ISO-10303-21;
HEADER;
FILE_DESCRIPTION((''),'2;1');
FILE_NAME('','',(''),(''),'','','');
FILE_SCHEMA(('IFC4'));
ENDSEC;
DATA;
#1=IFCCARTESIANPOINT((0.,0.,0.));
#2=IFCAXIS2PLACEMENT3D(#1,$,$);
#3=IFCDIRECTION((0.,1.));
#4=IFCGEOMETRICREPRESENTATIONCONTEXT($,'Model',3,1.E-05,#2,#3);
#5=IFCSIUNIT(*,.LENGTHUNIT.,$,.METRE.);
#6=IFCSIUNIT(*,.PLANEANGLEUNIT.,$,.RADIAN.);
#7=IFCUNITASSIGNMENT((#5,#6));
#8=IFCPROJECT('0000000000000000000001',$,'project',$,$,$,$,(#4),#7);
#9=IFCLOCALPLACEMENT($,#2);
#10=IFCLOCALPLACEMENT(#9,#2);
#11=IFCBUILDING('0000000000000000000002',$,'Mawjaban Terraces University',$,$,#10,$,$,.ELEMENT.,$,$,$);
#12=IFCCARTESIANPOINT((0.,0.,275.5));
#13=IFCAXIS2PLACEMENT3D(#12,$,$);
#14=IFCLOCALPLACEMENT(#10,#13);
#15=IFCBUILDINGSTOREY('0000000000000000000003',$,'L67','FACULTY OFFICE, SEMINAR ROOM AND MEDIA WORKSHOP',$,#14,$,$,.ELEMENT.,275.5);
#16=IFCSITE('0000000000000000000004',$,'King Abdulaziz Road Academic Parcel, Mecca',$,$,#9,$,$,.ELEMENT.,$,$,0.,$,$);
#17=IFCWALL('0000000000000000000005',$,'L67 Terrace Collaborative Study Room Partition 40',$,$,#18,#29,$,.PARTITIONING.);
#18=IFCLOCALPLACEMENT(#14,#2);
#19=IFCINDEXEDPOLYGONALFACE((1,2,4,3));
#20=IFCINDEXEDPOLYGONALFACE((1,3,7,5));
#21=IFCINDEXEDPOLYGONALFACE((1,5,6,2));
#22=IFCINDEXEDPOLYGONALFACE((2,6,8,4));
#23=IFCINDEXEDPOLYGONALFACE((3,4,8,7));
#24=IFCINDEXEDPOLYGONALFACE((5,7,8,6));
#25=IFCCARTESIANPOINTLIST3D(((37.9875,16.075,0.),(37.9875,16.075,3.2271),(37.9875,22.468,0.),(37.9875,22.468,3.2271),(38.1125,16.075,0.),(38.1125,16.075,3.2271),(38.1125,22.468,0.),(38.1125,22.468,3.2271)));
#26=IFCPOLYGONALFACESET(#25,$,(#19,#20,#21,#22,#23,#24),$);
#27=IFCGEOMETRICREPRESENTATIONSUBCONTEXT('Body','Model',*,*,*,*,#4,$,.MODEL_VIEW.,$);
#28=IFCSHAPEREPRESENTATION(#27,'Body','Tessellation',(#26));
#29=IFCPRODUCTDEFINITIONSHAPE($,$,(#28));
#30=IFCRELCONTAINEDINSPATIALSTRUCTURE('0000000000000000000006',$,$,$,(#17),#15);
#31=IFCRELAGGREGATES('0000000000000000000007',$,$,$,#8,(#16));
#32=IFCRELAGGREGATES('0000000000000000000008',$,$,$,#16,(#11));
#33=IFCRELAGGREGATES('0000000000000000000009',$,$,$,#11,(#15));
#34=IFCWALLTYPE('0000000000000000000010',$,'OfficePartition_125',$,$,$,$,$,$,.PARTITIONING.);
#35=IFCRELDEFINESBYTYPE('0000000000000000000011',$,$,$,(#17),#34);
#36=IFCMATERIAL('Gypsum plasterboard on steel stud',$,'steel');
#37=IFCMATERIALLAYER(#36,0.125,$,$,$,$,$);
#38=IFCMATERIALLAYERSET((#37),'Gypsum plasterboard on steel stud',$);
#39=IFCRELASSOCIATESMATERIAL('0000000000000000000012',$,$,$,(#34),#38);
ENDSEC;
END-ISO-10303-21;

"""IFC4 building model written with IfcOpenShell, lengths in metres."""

from ifc_helpers import new_model, si_unit, direction, frame, frame_2d, origin, place, context, subcontext, project, spatial, rectangle, extrude, material, layer, layer_set, type_object, element, save


model = new_model("IFC4")

# Units and contexts
model_context = context("Model", 3, precision=1e-05, world=origin(), true_north=direction((0.0, 1.0)))
body_context = subcontext(model_context, "Body", "Model", "MODEL_VIEW")
ifc_project = project(units=[si_unit("LENGTHUNIT", "METRE"), si_unit("PLANEANGLEUNIT", "RADIAN")], contexts=[model_context])

# Site, building, storey
site_placement = place(None, origin())
site = spatial("IfcSite", under=ifc_project, at=site_placement, Name="King Abdulaziz Road Academic Parcel, Mecca", CompositionType="ELEMENT", RefElevation=0.0)
building_placement = place(site_placement, origin())
building = spatial("IfcBuilding", under=site, at=building_placement, Name="Mawjaban Terraces University", CompositionType="ELEMENT")
storey_placement = place(building_placement, frame((0.0, 0.0, 275.5)))
storey = spatial("IfcBuildingStorey", under=building, at=storey_placement, Name="L67", Description="FACULTY OFFICE, SEMINAR ROOM AND MEDIA WORKSHOP", CompositionType="ELEMENT", Elevation=275.5)

# Wall
ifc_material_1 = material(Name="Gypsum plasterboard on steel stud", Category="steel")
ifc_layer_1 = layer(ifc_material_1, 0.125)
ifc_layer_set_1 = layer_set([ifc_layer_1], Name="Gypsum plasterboard on steel stud")
wall_type_1 = type_object("IfcWallType", Name="OfficePartition_125", PredefinedType="PARTITIONING", material=ifc_layer_set_1)
wall_1_placement = place(storey_placement, frame((38.05, 22.468, 0.0), z_axis=(0.0, 0.0, 1.0), x_axis=(0.0, -1.0, 0.0)))
element("IfcWall", 1, at=wall_1_placement, inside=storey, type_object=wall_type_1, Name="L67 Terrace Collaborative Study Room Partition 40", PredefinedType="PARTITIONING", context=body_context, shape_type="SweptSolid", body=[
    extrude(rectangle(XDim=6.3931, YDim=0.125, at=frame_2d((3.1965, 0.0))), origin(), (0.0, 0.0, 1.0), 3.2271),
])

save(model, "model.ifc")
